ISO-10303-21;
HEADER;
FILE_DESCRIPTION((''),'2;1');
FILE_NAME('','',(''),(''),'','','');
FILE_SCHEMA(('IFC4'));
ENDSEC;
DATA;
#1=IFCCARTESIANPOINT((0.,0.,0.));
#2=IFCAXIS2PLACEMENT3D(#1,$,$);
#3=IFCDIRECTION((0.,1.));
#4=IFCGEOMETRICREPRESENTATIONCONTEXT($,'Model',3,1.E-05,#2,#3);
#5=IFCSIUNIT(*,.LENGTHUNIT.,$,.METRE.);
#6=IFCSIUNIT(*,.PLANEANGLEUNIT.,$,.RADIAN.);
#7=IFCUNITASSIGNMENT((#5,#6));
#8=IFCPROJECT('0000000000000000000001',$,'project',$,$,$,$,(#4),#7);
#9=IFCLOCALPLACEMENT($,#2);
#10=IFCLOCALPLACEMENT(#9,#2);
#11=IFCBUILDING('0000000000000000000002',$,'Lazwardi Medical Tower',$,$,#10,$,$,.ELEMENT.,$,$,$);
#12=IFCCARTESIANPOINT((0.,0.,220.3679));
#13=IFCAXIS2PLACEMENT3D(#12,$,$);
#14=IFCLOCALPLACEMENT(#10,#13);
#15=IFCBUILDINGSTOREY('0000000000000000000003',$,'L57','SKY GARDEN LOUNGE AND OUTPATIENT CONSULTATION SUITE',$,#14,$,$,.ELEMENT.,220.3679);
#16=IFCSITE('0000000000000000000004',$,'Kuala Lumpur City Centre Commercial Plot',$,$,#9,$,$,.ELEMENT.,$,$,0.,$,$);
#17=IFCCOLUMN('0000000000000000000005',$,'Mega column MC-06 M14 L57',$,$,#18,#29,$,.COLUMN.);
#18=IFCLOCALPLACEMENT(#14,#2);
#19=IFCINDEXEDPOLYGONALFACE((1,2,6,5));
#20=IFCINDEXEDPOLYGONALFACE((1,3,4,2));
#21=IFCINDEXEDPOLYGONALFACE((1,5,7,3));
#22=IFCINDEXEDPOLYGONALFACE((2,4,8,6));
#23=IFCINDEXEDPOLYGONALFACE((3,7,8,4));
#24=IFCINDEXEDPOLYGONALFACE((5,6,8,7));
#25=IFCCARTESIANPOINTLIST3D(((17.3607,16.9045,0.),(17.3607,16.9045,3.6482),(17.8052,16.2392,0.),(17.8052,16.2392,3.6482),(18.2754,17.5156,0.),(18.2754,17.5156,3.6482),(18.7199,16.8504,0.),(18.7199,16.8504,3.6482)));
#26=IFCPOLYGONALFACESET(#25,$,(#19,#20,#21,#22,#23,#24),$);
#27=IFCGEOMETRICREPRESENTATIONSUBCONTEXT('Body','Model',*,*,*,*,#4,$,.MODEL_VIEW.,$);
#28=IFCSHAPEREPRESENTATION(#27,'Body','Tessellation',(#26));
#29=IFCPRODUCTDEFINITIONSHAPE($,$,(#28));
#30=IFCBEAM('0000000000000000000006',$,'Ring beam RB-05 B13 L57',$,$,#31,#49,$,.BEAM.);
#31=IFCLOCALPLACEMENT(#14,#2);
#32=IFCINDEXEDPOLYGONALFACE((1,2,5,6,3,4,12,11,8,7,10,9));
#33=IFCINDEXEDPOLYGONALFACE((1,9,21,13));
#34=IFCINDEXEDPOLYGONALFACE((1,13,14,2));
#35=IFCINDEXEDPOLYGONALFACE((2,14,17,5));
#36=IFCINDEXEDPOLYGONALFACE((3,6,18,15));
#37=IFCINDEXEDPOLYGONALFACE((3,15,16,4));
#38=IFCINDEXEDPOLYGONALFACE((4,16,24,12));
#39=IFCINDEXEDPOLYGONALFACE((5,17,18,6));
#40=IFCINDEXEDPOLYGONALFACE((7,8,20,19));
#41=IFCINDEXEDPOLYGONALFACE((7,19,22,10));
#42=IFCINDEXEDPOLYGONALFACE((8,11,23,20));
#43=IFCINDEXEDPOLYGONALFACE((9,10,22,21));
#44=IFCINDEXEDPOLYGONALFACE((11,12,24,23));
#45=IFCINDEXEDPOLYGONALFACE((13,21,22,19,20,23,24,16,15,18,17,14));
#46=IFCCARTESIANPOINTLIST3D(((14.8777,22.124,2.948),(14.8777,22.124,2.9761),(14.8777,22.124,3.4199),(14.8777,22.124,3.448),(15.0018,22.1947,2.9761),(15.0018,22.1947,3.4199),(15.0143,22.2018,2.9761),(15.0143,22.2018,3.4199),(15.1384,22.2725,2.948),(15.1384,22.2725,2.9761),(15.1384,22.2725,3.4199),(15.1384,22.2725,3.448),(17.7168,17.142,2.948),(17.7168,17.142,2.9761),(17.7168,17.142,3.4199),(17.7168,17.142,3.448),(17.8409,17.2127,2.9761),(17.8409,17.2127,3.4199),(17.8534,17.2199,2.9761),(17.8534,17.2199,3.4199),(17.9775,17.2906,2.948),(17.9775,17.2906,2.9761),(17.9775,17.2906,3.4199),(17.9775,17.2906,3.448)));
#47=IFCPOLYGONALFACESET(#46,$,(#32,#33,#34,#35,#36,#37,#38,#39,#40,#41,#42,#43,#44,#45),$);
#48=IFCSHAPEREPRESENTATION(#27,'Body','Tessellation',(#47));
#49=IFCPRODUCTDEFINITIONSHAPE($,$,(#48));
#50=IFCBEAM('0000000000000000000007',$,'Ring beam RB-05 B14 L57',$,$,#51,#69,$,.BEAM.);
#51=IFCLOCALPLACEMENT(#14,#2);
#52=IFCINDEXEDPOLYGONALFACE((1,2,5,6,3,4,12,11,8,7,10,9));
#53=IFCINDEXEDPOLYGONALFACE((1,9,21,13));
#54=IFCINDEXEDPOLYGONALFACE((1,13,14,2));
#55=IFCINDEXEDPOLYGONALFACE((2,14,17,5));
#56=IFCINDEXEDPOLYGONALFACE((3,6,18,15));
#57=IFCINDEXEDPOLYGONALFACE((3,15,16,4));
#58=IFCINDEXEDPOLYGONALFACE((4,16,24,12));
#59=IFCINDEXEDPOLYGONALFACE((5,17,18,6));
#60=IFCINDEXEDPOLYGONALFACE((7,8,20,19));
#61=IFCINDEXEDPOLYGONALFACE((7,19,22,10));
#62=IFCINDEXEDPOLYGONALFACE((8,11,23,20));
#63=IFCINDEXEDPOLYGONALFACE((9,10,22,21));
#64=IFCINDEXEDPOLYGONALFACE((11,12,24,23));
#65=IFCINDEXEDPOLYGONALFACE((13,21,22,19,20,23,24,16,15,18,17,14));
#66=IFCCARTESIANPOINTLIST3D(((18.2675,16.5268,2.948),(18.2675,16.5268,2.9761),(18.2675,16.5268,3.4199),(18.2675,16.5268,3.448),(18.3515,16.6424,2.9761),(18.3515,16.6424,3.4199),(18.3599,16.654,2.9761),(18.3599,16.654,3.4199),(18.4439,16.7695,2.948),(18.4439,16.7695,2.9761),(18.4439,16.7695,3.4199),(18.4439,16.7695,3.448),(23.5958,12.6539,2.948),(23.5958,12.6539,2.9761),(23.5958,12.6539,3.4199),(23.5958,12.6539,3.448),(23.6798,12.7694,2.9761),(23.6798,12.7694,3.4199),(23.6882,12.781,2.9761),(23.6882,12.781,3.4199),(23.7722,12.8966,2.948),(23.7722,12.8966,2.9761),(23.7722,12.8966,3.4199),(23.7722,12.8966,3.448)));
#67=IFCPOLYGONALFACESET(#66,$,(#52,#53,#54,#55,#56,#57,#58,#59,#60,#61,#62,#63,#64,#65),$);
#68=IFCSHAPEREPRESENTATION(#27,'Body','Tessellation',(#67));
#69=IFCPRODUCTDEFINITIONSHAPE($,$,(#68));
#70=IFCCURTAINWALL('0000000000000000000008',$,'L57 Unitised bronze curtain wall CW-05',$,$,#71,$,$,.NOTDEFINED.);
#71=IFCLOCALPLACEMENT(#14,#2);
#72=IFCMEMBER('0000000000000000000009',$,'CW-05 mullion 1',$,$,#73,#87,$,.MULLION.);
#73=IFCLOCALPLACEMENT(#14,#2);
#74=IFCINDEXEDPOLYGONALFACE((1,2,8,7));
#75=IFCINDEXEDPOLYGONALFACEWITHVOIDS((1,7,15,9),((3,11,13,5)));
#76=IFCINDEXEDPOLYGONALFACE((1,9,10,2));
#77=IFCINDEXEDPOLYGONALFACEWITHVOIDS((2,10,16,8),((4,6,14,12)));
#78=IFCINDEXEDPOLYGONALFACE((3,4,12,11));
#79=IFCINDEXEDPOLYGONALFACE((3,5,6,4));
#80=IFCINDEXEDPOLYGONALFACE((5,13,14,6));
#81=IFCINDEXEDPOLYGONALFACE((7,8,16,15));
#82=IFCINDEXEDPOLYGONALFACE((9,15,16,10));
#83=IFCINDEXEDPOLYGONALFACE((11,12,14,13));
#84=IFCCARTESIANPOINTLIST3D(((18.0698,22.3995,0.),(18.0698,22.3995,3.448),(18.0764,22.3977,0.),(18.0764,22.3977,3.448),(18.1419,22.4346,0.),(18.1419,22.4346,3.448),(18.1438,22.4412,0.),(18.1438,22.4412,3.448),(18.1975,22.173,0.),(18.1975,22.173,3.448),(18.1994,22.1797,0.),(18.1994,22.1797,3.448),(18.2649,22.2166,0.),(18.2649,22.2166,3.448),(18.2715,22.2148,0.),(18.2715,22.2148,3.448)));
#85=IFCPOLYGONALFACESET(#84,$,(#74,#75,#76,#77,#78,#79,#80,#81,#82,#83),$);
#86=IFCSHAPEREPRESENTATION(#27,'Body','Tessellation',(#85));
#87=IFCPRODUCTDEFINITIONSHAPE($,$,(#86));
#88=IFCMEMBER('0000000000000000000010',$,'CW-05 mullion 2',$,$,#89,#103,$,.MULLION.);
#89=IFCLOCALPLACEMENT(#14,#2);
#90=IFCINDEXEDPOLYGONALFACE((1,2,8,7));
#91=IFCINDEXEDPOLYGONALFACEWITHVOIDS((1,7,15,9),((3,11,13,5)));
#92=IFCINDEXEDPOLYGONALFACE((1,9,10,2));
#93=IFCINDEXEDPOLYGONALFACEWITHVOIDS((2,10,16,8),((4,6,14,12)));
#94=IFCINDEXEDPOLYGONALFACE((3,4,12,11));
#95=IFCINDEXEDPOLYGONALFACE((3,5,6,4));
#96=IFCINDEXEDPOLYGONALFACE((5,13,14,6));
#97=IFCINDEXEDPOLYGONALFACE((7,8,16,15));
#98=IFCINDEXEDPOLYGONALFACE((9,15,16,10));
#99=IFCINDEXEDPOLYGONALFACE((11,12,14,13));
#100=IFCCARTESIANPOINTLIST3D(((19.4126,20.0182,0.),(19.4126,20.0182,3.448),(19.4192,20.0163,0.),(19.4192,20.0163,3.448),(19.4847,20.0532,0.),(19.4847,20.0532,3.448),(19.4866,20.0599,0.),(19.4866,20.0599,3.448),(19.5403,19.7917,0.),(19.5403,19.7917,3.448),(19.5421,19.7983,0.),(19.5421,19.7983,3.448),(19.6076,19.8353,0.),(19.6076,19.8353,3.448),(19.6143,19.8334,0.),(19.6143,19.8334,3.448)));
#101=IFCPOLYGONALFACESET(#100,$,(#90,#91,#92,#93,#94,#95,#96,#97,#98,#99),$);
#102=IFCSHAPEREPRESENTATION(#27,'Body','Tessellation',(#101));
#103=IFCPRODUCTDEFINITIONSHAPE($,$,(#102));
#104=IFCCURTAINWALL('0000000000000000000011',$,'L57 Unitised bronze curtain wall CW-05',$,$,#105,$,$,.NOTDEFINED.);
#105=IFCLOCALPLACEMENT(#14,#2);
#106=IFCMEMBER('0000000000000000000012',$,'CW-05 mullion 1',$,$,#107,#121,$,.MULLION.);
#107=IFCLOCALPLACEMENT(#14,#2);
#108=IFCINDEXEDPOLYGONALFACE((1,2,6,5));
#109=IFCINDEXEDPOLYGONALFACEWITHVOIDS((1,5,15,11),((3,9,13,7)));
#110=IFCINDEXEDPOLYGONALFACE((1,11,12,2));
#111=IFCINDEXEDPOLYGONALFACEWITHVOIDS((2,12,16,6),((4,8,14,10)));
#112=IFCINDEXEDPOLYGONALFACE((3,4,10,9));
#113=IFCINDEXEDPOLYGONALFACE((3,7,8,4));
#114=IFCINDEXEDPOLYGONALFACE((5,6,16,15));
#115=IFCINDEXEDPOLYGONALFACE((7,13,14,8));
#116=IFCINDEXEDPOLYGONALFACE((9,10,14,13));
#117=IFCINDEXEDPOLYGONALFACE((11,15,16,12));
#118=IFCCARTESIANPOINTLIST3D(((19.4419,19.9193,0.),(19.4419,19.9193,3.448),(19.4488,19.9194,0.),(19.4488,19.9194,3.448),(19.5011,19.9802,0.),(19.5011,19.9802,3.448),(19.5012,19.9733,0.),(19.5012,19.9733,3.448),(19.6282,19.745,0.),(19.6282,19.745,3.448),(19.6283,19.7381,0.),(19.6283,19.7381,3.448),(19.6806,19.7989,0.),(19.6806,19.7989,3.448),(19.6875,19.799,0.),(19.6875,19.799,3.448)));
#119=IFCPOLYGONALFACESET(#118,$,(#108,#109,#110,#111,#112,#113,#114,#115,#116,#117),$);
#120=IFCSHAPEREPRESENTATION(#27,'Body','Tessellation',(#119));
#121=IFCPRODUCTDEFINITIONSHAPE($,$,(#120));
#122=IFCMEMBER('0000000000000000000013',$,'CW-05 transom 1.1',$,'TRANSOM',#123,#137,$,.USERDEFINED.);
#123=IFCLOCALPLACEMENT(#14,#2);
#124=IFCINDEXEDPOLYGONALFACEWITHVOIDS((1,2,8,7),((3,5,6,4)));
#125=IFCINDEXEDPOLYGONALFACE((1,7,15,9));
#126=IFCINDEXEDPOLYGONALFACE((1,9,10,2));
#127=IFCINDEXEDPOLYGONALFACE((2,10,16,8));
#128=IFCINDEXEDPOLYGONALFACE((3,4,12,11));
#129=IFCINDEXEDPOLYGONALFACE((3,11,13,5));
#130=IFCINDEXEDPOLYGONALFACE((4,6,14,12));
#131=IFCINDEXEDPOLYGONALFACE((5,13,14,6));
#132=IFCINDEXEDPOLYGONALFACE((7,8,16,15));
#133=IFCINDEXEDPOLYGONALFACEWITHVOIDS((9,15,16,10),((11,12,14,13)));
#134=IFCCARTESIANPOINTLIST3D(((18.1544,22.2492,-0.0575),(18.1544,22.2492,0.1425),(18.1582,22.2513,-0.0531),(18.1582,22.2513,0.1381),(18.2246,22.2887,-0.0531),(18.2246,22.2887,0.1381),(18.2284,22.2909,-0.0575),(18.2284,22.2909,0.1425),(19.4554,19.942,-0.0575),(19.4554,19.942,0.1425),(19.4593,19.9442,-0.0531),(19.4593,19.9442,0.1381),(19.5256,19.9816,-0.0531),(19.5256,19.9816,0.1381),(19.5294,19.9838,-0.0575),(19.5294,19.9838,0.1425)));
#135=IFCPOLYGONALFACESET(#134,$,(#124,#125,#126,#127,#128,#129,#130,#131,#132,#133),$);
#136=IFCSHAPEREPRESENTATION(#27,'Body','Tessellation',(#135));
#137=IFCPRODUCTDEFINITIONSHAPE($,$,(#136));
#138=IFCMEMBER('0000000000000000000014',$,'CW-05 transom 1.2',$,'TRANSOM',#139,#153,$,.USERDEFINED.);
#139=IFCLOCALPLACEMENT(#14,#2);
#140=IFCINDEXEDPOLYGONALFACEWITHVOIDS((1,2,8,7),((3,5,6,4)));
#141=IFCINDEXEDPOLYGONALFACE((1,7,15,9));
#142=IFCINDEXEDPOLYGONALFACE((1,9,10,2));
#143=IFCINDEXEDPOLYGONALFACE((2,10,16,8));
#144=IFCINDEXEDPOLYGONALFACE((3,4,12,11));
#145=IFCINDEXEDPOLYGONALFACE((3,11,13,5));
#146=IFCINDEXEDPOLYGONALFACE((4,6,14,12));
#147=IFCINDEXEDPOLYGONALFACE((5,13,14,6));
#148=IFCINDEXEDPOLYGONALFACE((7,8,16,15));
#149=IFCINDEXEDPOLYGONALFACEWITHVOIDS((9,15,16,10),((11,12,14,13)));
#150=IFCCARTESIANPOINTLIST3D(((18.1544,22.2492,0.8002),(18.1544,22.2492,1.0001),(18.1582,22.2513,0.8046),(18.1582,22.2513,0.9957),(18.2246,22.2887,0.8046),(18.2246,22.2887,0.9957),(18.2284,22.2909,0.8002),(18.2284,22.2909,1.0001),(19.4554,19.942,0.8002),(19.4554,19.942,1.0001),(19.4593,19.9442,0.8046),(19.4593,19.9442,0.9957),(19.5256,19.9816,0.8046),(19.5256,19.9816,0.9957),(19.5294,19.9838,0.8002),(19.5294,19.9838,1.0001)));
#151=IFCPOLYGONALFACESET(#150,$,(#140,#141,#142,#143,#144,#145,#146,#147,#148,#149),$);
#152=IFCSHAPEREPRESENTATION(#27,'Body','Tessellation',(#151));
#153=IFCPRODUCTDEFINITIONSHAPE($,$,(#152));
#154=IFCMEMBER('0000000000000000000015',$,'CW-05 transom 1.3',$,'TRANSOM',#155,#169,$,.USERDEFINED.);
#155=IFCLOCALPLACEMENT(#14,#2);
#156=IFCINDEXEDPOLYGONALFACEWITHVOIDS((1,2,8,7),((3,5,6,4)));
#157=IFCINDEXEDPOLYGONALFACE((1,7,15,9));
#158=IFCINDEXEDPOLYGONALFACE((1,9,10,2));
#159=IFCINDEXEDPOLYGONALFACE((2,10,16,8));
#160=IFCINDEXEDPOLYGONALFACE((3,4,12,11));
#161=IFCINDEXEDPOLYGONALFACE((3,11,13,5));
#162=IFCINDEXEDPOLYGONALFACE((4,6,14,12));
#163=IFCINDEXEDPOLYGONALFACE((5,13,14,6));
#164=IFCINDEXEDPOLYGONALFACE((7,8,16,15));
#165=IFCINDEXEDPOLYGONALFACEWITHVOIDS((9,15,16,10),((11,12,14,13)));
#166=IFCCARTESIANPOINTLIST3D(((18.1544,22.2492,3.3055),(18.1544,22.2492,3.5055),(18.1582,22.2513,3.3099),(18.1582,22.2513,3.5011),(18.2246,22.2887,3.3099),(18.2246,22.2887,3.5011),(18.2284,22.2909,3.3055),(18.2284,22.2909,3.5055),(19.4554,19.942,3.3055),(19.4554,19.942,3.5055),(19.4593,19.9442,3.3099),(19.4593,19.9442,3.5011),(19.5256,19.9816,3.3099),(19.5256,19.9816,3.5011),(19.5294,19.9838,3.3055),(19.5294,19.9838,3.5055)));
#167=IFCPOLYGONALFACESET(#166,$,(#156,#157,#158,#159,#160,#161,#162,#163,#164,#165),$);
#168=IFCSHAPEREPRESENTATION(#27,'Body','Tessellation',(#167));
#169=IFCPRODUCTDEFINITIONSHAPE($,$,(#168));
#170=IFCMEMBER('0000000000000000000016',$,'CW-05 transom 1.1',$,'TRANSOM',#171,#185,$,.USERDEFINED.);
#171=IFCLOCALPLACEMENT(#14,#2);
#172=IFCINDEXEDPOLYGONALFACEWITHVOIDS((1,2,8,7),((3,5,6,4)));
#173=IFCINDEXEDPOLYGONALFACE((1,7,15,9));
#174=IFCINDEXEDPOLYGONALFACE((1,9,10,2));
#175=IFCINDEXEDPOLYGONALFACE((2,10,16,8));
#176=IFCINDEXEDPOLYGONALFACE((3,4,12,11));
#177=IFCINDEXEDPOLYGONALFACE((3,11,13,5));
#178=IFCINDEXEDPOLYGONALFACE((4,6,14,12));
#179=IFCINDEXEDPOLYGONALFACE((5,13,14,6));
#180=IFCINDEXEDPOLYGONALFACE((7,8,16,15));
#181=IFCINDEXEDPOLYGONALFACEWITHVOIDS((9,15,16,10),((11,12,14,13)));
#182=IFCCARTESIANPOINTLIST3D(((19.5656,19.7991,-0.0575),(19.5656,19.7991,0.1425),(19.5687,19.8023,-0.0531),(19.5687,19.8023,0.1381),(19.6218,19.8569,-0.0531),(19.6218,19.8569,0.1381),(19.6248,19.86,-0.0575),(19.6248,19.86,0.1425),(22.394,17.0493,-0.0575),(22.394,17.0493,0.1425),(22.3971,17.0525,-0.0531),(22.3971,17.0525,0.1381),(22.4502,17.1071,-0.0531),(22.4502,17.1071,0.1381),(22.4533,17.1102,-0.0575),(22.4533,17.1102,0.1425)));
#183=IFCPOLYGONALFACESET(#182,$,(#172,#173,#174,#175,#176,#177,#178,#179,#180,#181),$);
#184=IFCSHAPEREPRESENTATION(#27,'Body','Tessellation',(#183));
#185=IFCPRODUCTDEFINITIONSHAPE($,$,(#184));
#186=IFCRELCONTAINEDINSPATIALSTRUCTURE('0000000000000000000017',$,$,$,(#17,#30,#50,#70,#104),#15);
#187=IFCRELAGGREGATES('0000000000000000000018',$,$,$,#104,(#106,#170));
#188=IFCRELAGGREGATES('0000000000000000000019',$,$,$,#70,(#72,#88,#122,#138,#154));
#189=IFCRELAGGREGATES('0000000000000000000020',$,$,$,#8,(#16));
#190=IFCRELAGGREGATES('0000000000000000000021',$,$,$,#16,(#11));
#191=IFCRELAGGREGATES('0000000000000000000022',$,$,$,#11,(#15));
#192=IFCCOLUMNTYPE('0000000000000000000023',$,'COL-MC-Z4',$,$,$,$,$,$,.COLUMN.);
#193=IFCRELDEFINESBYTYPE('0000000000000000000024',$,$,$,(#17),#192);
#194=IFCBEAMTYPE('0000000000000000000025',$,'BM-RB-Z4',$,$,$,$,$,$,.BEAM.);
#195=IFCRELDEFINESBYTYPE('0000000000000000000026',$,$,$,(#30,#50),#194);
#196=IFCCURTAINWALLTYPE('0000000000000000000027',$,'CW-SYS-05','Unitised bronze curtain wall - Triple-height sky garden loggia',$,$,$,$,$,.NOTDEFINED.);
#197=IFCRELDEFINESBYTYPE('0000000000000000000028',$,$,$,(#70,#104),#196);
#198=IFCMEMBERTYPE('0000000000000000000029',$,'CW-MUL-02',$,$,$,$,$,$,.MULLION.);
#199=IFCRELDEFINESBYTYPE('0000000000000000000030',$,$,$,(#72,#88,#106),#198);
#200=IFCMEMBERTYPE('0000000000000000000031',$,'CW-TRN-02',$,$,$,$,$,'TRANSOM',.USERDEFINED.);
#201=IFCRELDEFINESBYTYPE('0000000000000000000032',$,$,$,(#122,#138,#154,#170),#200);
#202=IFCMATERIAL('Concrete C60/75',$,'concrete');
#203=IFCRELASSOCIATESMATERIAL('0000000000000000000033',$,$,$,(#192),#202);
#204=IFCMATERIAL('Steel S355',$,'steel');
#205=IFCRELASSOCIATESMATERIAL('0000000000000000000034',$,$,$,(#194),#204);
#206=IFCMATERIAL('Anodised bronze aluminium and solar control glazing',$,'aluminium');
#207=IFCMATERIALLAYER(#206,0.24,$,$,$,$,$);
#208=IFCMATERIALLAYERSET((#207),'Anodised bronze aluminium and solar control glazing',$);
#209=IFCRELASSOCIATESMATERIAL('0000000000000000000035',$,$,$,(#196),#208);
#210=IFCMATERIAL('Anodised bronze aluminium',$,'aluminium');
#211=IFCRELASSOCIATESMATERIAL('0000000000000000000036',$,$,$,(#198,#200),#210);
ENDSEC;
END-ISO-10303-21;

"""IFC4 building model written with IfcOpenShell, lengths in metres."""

from ifc_helpers import new_model, si_unit, direction, frame, origin, origin_2d, place, context, subcontext, project, spatial, rectangle, hollow_rectangle, i_section, extrude, material, layer, layer_set, material_profile, profile_set, type_object, element, aggregate, save


model = new_model("IFC4")

# Units and contexts
model_context = context("Model", 3, precision=1e-05, world=origin(), true_north=direction((0.0, 1.0)))
body_context = subcontext(model_context, "Body", "Model", "MODEL_VIEW")
ifc_project = project(units=[si_unit("LENGTHUNIT", "METRE"), si_unit("PLANEANGLEUNIT", "RADIAN")], contexts=[model_context])

# Site, building, storey
site_placement = place(None, origin())
site = spatial("IfcSite", under=ifc_project, at=site_placement, Name="Kuala Lumpur City Centre Commercial Plot", CompositionType="ELEMENT", RefElevation=0.0)
building_placement = place(site_placement, origin())
building = spatial("IfcBuilding", under=site, at=building_placement, Name="Lazwardi Medical Tower", CompositionType="ELEMENT")
storey_placement = place(building_placement, frame((0.0, 0.0, 220.3679)))
storey = spatial("IfcBuildingStorey", under=building, at=storey_placement, Name="L57", Description="SKY GARDEN LOUNGE AND OUTPATIENT CONSULTATION SUITE", CompositionType="ELEMENT", Elevation=220.3679)

# Column
ifc_material_1 = material(Name="Concrete C60/75", Category="concrete")
ifc_material_profile_1 = material_profile(ifc_material_1, rectangle(XDim=1.1001, YDim=0.8, at=origin_2d()), Name="CFT-RECT 1100x800")
ifc_profile_set_1 = profile_set([ifc_material_profile_1], Name="Concrete C60/75")
column_type = type_object("IfcColumnType", Name="COL-MC-Z4", PredefinedType="COLUMN", material=ifc_profile_set_1)
column_placement = place(storey_placement, frame((18.0403, 16.8774, 0.0), z_axis=(0.0, 0.0, 1.0), x_axis=(-0.83147, -0.55557, 0.0)))
element("IfcColumn", 1, at=column_placement, inside=storey, type_object=column_type, Name="Mega column MC-06 M14 L57", PredefinedType="COLUMN", context=body_context, shape_type="SweptSolid", body=[
    extrude(rectangle(XDim=1.1001, YDim=0.8, at=origin_2d()), origin(), (0.0, 0.0, 1.0), 3.6482),
])

# Beams
ifc_material_2 = material(Name="Steel S355", Category="steel")
ifc_material_profile_2 = material_profile(ifc_material_2, i_section(OverallWidth=0.3, OverallDepth=0.5, WebThickness=0.0144, FlangeThickness=0.0281, at=origin_2d()), Name="HEB 500")
ifc_profile_set_2 = profile_set([ifc_material_profile_2], Name="Steel S355")
beam_type = type_object("IfcBeamType", Name="BM-RB-Z4", PredefinedType="BEAM", material=ifc_profile_set_2)
beam_1_placement = place(storey_placement, frame((15.0081, 22.1982, 3.198), z_axis=(0.495125, -0.868822, 0.0), x_axis=(0.868822, 0.495125, 0.0)))
element("IfcBeam", 2, at=beam_1_placement, inside=storey, type_object=beam_type, Name="Ring beam RB-05 B13 L57", PredefinedType="BEAM", context=body_context, shape_type="SweptSolid", body=[
    extrude(i_section(OverallWidth=0.3, OverallDepth=0.5, WebThickness=0.0144, FlangeThickness=0.0281, at=origin_2d()), origin(), (0.0, 0.0, 1.0), 5.7341),
])
beam_2_placement = place(storey_placement, frame((18.3557, 16.6482, 3.198), z_axis=(0.80889, -0.58796, 0.0), x_axis=(0.58796, 0.80889, 0.0)))
element("IfcBeam", 3, at=beam_2_placement, inside=storey, type_object=beam_type, Name="Ring beam RB-05 B14 L57", PredefinedType="BEAM", context=body_context, shape_type="SweptSolid", body=[
    extrude(i_section(OverallWidth=0.3, OverallDepth=0.5, WebThickness=0.0144, FlangeThickness=0.0281, at=origin_2d()), origin(), (0.0, 0.0, 1.0), 6.5872),
])

# Curtain wall, members
ifc_material_3 = material(Name="Anodised bronze aluminium and solar control glazing", Category="aluminium")
ifc_layer_1 = layer(ifc_material_3, 0.24)
ifc_layer_set_1 = layer_set([ifc_layer_1], Name="Anodised bronze aluminium and solar control glazing")
curtain_wall_type = type_object("IfcCurtainWallType", Name="CW-SYS-05", Description="Unitised bronze curtain wall - Triple-height sky garden loggia", PredefinedType="NOTDEFINED", material=ifc_layer_set_1)
curtain_wall_1_placement = place(storey_placement, origin())
curtain_wall_1 = element("IfcCurtainWall", 4, at=curtain_wall_1_placement, inside=storey, type_object=curtain_wall_type, Name="L57 Unitised bronze curtain wall CW-05", PredefinedType="NOTDEFINED")
ifc_material_4 = material(Name="Anodised bronze aluminium", Category="aluminium")
ifc_material_profile_3 = material_profile(ifc_material_4, hollow_rectangle(XDim=0.085, YDim=0.26, WallThickness=0.0049, at=origin_2d()), Name="ALU-MULLION 260x85x5")
ifc_profile_set_3 = profile_set([ifc_material_profile_3], Name="Anodised bronze aluminium")
member_type_1 = type_object("IfcMemberType", Name="CW-MUL-02", PredefinedType="MULLION", material=ifc_profile_set_3)
member_1_placement = place(storey_placement, frame((18.1707, 22.3071, 0.0), z_axis=(0.0, 0.0, 1.0), x_axis=(0.871061, 0.491176, 0.0)))
member_1 = element("IfcMember", 5, at=member_1_placement, type_object=member_type_1, Name="CW-05 mullion 1", PredefinedType="MULLION", context=body_context, shape_type="SweptSolid", body=[
    extrude(hollow_rectangle(XDim=0.085, YDim=0.26, WallThickness=0.0049, at=origin_2d()), origin(), (0.0, 0.0, 1.0), 3.448),
])
member_2_placement = place(storey_placement, frame((19.5134, 19.9258, 0.0), z_axis=(0.0, 0.0, 1.0), x_axis=(0.871061, 0.491176, 0.0)))
member_2 = element("IfcMember", 6, at=member_2_placement, type_object=member_type_1, Name="CW-05 mullion 2", PredefinedType="MULLION", context=body_context, shape_type="SweptSolid", body=[
    extrude(hollow_rectangle(XDim=0.085, YDim=0.26, WallThickness=0.0049, at=origin_2d()), origin(), (0.0, 0.0, 1.0), 3.448),
])

# Curtain wall, member
curtain_wall_2_placement = place(storey_placement, origin())
curtain_wall_2 = element("IfcCurtainWall", 7, at=curtain_wall_2_placement, inside=storey, type_object=curtain_wall_type, Name="L57 Unitised bronze curtain wall CW-05", PredefinedType="NOTDEFINED")
member_3_placement = place(storey_placement, frame((19.5647, 19.8591, 0.0), z_axis=(0.0, 0.0, 1.0), x_axis=(0.69706, 0.717012, 0.0)))
member_3 = element("IfcMember", 8, at=member_3_placement, type_object=member_type_1, Name="CW-05 mullion 1", PredefinedType="MULLION", context=body_context, shape_type="SweptSolid", body=[
    extrude(hollow_rectangle(XDim=0.085, YDim=0.26, WallThickness=0.0049, at=origin_2d()), origin(), (0.0, 0.0, 1.0), 3.448),
])

# Members
ifc_material_profile_4 = material_profile(ifc_material_4, hollow_rectangle(XDim=0.085, YDim=0.2, WallThickness=0.0044, at=origin_2d()), Name="ALU-TRANSOM 200x85x4.5")
ifc_profile_set_4 = profile_set([ifc_material_profile_4], Name="Anodised bronze aluminium")
member_type_2 = type_object("IfcMemberType", Name="CW-TRN-02", ElementType="TRANSOM", PredefinedType="USERDEFINED", material=ifc_profile_set_4)
member_4_placement = place(storey_placement, frame((18.1914, 22.27, 0.0425), z_axis=(0.491197, -0.871048, 0.0), x_axis=(0.871048, 0.491197, 0.0)))
member_4 = element("IfcMember", 9, at=member_4_placement, type_object=member_type_2, Name="CW-05 transom 1.1", ObjectType="TRANSOM", PredefinedType="USERDEFINED", context=body_context, shape_type="SweptSolid", body=[
    extrude(hollow_rectangle(XDim=0.085, YDim=0.2, WallThickness=0.0044, at=origin_2d()), origin(), (0.0, 0.0, 1.0), 2.6487),
])
member_5_placement = place(storey_placement, frame((18.1914, 22.27, 0.9001), z_axis=(0.491197, -0.871048, 0.0), x_axis=(0.871048, 0.491197, 0.0)))
member_5 = element("IfcMember", 10, at=member_5_placement, type_object=member_type_2, Name="CW-05 transom 1.2", ObjectType="TRANSOM", PredefinedType="USERDEFINED", context=body_context, shape_type="SweptSolid", body=[
    extrude(hollow_rectangle(XDim=0.085, YDim=0.2, WallThickness=0.0044, at=origin_2d()), origin(), (0.0, 0.0, 1.0), 2.6487),
])
member_6_placement = place(storey_placement, frame((18.1914, 22.27, 3.4055), z_axis=(0.491197, -0.871048, 0.0), x_axis=(0.871048, 0.491197, 0.0)))
member_6 = element("IfcMember", 11, at=member_6_placement, type_object=member_type_2, Name="CW-05 transom 1.3", ObjectType="TRANSOM", PredefinedType="USERDEFINED", context=body_context, shape_type="SweptSolid", body=[
    extrude(hollow_rectangle(XDim=0.085, YDim=0.2, WallThickness=0.0044, at=origin_2d()), origin(), (0.0, 0.0, 1.0), 2.6487),
])
member_7_placement = place(storey_placement, frame((19.5952, 19.8296, 0.0425), z_axis=(0.717001, -0.697072, 0.0), x_axis=(0.697072, 0.717001, 0.0)))
member_7 = element("IfcMember", 12, at=member_7_placement, type_object=member_type_2, Name="CW-05 transom 1.1", ObjectType="TRANSOM", PredefinedType="USERDEFINED", context=body_context, shape_type="SweptSolid", body=[
    extrude(hollow_rectangle(XDim=0.085, YDim=0.2, WallThickness=0.0044, at=origin_2d()), origin(), (0.0, 0.0, 1.0), 3.9448),
])
aggregate(curtain_wall_2, [member_3, member_7])

aggregate(curtain_wall_1, [member_1, member_2, member_4, member_5, member_6])

save(model, "model.ifc")
